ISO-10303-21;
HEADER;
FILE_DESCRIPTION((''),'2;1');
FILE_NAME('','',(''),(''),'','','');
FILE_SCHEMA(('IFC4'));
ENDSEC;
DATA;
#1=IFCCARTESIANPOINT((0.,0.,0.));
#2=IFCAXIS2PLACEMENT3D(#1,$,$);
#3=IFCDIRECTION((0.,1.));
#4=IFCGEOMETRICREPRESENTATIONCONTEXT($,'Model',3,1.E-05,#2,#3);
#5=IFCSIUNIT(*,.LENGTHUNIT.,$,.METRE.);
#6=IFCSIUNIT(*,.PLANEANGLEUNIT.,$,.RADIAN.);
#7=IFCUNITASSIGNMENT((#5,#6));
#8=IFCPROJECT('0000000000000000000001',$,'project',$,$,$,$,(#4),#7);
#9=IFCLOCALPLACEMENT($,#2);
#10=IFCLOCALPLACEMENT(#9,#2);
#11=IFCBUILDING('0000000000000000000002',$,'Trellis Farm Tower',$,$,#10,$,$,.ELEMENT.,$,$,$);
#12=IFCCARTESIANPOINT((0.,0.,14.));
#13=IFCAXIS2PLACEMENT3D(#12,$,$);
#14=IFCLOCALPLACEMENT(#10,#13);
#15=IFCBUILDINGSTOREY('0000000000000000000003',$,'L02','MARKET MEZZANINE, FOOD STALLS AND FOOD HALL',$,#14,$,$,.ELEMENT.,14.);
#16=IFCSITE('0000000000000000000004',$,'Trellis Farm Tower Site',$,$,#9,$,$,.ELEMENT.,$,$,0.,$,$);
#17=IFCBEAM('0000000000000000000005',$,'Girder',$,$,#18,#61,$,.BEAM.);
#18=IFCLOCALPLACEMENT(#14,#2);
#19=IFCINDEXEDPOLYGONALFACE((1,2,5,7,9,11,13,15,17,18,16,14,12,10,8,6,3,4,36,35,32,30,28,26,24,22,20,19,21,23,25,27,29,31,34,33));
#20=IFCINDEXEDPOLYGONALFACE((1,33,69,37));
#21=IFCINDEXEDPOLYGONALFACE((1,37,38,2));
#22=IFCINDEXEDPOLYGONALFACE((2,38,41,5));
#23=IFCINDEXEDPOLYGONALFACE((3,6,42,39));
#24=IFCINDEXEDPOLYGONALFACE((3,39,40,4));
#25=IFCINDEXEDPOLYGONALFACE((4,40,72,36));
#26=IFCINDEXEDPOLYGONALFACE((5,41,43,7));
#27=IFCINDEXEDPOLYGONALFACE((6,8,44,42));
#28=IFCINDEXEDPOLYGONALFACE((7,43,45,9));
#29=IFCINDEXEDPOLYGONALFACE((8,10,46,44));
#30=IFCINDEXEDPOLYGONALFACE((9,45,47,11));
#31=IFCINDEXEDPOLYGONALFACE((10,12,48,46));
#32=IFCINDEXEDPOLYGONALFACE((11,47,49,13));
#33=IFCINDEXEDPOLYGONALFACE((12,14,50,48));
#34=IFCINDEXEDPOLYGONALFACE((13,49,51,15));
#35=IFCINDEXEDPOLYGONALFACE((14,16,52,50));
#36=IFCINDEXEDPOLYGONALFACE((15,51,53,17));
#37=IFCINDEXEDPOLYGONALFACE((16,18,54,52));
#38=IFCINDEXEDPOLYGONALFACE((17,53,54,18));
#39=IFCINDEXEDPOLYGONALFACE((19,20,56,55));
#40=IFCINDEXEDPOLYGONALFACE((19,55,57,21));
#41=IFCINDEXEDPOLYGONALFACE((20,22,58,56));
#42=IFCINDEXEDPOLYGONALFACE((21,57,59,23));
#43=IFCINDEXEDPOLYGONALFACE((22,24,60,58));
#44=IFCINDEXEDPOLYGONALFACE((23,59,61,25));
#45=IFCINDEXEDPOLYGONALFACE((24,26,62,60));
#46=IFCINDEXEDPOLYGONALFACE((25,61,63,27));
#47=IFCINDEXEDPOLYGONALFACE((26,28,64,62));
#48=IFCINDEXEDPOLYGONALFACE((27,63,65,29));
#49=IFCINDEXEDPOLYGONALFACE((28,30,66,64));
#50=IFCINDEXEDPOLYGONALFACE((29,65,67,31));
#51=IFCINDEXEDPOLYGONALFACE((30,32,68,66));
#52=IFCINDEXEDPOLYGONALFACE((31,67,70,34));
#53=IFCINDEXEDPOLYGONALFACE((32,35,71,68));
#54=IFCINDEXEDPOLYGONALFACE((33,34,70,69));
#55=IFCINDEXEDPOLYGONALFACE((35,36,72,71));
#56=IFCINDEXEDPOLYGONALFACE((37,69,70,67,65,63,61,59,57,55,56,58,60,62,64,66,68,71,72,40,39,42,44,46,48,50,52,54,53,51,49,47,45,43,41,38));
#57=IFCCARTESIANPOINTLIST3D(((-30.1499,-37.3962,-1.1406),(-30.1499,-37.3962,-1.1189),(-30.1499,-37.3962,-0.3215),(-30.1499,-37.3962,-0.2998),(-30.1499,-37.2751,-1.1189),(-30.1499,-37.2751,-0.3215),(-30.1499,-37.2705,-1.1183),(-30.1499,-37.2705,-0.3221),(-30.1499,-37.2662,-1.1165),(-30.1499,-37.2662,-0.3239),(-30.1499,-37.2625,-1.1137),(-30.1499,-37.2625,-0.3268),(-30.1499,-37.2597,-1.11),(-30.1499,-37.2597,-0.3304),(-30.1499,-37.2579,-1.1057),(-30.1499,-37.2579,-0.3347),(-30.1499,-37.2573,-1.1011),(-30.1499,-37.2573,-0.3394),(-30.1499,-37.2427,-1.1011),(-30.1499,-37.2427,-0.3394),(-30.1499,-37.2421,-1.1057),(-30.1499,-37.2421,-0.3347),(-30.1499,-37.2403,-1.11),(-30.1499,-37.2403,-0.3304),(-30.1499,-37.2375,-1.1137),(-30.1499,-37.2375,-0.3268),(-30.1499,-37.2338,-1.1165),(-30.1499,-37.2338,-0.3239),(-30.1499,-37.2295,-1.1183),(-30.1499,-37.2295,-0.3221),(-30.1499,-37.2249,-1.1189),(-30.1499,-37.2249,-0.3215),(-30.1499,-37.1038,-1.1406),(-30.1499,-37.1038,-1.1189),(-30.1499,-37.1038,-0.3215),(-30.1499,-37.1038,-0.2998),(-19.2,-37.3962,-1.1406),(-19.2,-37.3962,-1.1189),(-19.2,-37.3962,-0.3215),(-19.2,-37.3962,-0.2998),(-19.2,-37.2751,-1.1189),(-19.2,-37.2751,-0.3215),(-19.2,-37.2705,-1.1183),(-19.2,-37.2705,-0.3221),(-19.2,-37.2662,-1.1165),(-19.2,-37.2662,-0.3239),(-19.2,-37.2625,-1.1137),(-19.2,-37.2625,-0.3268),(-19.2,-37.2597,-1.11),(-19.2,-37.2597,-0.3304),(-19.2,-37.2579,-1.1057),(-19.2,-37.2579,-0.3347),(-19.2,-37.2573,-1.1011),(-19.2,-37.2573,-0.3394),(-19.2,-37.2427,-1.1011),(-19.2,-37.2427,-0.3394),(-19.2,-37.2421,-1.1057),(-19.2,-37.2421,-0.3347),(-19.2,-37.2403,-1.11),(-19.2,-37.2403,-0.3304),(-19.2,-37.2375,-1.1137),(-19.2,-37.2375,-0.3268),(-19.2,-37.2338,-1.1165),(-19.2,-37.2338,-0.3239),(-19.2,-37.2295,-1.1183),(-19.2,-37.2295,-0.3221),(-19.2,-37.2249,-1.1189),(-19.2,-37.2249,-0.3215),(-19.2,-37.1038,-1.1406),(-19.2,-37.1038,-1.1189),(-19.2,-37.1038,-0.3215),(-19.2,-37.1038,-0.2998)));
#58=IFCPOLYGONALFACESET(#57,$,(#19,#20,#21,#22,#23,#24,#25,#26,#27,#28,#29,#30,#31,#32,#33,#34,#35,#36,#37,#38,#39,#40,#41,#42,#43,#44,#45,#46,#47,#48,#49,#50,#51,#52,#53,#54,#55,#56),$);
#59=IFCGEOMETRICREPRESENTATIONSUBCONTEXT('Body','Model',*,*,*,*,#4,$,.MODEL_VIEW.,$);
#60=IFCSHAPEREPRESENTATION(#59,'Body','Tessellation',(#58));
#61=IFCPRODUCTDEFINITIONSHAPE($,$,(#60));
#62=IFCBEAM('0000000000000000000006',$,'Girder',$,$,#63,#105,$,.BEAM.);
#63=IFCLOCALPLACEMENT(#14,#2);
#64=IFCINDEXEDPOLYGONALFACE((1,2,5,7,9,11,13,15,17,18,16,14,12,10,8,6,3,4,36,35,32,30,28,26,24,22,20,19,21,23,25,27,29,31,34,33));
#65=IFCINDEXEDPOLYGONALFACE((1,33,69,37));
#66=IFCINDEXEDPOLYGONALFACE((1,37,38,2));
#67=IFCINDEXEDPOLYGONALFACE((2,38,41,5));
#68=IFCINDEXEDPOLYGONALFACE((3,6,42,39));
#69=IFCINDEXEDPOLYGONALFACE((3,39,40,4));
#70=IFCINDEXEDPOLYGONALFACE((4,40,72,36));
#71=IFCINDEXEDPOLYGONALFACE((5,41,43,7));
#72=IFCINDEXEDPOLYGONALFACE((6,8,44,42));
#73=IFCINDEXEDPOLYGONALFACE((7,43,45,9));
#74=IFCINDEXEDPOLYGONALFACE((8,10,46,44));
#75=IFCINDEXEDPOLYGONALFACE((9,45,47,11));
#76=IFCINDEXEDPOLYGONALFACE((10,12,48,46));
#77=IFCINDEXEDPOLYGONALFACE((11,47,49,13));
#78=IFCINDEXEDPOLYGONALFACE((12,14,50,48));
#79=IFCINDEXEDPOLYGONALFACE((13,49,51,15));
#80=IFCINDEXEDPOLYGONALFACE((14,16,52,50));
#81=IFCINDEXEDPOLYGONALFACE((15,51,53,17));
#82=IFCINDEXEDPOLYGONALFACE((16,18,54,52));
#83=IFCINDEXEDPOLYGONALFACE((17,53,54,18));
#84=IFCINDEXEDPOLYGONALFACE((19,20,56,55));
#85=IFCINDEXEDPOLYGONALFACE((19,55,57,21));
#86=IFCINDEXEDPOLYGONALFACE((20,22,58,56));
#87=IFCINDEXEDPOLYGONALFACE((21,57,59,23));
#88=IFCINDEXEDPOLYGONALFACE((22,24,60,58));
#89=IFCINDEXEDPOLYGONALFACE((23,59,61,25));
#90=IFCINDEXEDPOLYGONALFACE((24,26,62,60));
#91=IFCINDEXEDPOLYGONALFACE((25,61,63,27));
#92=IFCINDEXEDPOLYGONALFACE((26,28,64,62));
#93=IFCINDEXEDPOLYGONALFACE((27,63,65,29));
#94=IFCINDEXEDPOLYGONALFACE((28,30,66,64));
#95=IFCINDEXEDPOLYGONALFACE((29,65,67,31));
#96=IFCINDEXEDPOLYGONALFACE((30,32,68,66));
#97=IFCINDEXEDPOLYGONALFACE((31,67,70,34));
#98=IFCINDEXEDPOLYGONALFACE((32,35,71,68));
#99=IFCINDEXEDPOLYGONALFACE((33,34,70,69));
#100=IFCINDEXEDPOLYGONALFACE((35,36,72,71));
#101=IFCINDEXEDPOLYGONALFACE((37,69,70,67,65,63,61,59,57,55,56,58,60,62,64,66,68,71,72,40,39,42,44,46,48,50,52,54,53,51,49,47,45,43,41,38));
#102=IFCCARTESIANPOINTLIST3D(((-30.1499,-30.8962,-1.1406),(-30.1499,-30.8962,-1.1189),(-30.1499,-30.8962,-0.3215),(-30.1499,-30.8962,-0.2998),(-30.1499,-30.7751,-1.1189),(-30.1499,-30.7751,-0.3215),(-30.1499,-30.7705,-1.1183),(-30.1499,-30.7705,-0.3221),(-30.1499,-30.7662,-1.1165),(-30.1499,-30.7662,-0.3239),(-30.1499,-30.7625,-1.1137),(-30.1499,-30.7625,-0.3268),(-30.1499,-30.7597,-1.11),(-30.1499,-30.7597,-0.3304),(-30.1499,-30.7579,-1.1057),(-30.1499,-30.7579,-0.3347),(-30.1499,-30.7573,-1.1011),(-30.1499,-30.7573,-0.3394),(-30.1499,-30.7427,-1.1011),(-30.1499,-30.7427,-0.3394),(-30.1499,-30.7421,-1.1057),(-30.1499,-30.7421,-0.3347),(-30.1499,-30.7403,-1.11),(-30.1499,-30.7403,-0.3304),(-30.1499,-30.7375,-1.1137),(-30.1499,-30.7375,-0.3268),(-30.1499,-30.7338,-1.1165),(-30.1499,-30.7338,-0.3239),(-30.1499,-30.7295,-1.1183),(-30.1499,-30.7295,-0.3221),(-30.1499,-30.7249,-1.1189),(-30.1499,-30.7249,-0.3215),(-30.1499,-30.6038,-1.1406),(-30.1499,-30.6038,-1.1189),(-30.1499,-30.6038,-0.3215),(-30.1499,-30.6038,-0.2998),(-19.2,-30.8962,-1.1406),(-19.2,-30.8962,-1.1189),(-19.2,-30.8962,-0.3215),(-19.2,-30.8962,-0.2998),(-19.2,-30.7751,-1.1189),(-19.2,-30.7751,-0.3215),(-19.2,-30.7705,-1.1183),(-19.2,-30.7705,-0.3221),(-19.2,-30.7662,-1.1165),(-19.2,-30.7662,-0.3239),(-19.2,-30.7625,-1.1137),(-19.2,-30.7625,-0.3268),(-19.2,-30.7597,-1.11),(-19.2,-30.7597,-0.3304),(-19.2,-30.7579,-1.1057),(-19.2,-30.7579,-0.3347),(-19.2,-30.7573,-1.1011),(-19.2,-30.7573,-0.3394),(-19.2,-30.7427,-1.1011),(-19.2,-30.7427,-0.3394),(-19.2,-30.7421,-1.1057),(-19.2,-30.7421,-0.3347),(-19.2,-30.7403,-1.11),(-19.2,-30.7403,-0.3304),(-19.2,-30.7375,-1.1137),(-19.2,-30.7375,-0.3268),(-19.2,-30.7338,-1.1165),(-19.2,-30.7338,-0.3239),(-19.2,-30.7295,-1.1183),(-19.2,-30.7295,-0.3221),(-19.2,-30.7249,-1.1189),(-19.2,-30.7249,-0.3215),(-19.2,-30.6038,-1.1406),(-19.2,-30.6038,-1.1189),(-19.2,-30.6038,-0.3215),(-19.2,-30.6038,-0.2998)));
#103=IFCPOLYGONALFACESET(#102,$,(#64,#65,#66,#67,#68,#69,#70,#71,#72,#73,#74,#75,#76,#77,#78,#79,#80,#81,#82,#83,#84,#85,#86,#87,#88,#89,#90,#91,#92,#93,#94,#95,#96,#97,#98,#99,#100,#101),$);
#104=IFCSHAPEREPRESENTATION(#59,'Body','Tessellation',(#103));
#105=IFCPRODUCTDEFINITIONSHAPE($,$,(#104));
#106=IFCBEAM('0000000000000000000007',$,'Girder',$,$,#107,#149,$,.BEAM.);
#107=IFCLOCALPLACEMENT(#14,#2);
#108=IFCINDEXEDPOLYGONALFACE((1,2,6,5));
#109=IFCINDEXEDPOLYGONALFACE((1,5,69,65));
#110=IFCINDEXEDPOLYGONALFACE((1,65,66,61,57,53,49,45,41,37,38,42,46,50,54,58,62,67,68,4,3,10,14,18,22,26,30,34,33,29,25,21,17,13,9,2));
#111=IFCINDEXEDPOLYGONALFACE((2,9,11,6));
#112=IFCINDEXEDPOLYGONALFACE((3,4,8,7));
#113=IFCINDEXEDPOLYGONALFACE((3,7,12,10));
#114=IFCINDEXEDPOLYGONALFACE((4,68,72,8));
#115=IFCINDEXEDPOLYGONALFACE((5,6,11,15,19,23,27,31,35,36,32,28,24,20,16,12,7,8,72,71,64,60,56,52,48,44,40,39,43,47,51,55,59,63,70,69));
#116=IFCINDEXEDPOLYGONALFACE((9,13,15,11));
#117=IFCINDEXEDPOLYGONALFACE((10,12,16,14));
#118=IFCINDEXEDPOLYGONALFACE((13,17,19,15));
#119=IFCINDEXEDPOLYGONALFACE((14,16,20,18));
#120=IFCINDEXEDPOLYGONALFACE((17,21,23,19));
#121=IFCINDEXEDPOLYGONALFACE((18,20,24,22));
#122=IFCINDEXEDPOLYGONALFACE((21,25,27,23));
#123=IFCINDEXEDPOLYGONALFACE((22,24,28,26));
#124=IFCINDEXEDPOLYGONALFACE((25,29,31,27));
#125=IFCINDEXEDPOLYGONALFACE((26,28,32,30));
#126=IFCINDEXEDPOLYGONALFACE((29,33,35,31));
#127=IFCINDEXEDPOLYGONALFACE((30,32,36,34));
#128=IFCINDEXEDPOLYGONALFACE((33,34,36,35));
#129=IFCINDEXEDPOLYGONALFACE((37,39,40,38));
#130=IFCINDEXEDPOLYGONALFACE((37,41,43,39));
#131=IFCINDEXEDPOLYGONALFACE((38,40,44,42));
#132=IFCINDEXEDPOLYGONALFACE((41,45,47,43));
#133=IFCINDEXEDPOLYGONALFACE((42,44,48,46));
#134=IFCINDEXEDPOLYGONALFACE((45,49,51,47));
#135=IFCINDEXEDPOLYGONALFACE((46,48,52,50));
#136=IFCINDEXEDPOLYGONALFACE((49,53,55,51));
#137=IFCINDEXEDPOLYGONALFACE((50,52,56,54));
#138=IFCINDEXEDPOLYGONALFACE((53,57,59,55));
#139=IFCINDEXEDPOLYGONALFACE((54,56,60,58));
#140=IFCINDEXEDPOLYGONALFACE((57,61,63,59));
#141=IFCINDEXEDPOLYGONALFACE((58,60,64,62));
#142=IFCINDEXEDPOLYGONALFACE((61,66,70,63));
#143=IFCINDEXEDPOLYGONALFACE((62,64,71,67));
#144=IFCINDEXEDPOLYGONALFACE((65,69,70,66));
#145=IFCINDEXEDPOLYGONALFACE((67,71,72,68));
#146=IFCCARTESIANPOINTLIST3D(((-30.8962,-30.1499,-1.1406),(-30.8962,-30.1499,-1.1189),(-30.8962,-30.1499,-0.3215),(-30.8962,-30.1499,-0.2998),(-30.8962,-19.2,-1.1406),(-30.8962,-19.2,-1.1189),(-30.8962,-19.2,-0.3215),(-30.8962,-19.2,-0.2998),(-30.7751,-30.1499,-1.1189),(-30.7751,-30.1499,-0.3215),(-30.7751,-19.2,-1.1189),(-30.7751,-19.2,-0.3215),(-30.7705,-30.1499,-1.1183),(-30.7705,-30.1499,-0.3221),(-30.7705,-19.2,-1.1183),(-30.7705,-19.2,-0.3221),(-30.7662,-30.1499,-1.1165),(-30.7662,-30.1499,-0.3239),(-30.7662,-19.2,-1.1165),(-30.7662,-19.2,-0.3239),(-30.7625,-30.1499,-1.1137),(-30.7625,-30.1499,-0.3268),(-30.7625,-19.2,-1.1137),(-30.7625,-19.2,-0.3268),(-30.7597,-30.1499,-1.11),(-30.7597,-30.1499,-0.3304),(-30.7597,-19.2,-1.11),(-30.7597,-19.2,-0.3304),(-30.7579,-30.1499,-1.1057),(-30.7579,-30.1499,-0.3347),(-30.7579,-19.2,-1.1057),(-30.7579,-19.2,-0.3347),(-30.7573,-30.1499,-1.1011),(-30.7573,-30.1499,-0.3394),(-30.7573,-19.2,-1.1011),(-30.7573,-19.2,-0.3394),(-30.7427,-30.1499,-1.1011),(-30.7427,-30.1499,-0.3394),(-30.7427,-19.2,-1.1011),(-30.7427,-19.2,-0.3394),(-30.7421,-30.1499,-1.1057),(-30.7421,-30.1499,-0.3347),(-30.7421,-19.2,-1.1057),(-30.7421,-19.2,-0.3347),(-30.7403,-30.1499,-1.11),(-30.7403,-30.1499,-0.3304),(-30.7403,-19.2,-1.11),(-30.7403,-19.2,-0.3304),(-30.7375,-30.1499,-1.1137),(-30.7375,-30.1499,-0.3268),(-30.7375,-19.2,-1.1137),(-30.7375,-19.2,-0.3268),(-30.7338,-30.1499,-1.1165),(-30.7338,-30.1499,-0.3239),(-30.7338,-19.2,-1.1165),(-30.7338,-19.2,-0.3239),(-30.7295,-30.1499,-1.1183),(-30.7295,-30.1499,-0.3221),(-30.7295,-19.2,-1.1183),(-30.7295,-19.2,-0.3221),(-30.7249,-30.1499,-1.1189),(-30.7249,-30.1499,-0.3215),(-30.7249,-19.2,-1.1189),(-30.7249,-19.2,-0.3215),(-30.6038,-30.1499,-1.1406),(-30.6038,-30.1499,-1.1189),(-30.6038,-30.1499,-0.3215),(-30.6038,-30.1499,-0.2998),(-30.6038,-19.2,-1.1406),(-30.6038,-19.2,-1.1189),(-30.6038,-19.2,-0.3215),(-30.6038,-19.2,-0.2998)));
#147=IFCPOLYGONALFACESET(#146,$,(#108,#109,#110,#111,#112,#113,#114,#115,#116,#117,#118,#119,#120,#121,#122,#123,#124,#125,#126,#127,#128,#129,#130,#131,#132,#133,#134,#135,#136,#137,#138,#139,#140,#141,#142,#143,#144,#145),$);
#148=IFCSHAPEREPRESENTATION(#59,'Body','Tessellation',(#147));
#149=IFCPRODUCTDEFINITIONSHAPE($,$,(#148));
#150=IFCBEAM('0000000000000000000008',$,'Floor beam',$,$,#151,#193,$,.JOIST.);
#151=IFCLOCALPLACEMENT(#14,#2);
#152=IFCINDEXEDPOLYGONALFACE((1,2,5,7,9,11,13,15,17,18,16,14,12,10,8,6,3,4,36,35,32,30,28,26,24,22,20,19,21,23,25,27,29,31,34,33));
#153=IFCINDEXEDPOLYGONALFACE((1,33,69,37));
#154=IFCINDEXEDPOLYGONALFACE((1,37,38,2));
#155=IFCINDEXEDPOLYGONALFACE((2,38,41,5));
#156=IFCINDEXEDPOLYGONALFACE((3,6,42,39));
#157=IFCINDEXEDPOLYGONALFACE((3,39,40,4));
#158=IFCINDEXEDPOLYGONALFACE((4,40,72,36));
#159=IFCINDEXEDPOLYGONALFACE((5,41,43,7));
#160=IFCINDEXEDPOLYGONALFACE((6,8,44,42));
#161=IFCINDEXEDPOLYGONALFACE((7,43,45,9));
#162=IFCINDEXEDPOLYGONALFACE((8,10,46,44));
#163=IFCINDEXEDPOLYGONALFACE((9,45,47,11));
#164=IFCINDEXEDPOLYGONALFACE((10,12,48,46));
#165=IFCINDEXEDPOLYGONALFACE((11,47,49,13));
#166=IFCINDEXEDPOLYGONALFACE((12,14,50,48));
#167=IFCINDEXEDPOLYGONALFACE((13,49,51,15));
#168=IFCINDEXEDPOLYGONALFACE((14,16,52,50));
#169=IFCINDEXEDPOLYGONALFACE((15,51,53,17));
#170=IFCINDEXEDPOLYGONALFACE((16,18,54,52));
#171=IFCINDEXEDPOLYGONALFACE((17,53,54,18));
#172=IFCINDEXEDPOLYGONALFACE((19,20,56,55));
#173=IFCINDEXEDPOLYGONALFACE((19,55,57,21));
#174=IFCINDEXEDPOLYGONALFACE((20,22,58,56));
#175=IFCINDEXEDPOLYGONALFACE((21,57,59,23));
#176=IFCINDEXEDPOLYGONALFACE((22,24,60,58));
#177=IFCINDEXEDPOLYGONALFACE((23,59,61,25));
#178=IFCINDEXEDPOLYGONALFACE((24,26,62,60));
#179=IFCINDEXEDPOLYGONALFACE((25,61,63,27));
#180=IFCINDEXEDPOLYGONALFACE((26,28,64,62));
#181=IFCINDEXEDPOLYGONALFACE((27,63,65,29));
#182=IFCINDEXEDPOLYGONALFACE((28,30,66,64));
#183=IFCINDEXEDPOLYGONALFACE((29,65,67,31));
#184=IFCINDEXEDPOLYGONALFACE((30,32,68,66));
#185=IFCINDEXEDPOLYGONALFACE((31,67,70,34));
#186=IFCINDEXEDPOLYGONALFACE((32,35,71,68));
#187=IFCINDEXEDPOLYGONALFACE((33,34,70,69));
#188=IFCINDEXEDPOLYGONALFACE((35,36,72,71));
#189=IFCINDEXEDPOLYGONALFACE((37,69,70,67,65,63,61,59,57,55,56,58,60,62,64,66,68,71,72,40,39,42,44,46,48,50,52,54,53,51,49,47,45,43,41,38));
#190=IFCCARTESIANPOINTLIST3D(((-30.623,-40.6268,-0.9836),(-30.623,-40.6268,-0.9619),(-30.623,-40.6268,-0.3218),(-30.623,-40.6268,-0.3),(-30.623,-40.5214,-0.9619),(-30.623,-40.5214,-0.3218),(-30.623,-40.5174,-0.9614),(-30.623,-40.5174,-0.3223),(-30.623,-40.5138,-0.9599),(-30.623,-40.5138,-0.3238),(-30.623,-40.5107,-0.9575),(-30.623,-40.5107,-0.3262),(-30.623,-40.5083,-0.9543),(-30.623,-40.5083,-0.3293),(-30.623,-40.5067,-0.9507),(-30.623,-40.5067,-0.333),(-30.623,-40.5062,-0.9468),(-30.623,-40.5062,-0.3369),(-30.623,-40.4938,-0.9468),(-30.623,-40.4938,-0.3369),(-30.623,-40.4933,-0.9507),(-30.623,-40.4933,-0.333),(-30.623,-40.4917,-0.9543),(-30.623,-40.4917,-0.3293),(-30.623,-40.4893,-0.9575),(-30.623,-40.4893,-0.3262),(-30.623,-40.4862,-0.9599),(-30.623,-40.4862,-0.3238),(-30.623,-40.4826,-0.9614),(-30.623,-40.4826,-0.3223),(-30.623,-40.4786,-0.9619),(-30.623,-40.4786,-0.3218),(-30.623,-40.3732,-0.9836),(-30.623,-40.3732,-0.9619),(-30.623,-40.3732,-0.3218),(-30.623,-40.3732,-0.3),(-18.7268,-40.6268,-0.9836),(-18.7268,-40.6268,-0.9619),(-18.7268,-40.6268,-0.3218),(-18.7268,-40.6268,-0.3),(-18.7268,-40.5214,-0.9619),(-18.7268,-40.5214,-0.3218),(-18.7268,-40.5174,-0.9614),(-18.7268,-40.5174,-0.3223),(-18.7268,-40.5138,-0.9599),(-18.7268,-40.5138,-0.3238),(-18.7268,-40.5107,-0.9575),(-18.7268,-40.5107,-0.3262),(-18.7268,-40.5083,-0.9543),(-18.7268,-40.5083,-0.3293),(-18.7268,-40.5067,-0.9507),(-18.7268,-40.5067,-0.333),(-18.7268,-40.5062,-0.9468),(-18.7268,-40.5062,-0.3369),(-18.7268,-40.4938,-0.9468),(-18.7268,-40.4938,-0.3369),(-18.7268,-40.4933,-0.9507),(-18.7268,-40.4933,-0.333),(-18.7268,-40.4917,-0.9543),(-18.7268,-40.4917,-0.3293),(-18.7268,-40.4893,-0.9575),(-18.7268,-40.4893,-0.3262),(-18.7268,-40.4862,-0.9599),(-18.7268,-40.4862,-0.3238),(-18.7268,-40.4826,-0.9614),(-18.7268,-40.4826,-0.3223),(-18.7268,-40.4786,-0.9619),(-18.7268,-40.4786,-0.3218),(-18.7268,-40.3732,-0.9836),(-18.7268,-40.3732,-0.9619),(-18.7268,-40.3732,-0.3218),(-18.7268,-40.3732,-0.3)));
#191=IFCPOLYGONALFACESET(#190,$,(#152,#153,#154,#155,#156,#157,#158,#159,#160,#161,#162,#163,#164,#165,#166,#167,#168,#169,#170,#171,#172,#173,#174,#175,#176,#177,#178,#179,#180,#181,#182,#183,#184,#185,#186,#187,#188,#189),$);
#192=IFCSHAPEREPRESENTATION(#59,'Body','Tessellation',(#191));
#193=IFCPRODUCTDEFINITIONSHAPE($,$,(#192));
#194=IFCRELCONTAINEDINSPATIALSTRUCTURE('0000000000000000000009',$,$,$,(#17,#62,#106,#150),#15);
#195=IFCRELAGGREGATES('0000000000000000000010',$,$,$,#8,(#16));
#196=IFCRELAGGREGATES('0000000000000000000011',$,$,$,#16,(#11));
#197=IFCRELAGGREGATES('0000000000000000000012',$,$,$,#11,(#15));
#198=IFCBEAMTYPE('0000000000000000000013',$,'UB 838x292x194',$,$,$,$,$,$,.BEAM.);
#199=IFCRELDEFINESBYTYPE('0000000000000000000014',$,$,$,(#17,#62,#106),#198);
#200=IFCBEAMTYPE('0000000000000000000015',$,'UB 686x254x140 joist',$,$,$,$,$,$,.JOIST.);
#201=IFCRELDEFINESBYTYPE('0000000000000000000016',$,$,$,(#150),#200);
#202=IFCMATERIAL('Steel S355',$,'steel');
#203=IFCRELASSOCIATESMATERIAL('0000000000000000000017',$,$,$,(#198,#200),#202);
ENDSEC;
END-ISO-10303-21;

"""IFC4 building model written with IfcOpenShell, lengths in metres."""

from ifc_helpers import new_model, si_unit, direction, frame, origin, origin_2d, place, context, subcontext, project, spatial, i_section, extrude, source, transform, mapped, material, material_profile, profile_set, type_object, element, save


model = new_model("IFC4")

# Units and contexts
model_context = context("Model", 3, precision=1e-05, world=origin(), true_north=direction((0.0, 1.0)))
body_context = subcontext(model_context, "Body", "Model", "MODEL_VIEW")
ifc_project = project(units=[si_unit("LENGTHUNIT", "METRE"), si_unit("PLANEANGLEUNIT", "RADIAN")], contexts=[model_context])

# Site, building, storey
site_placement = place(None, origin())
site = spatial("IfcSite", under=ifc_project, at=site_placement, Name="Trellis Farm Tower Site", CompositionType="ELEMENT", RefElevation=0.0)
building_placement = place(site_placement, origin())
building = spatial("IfcBuilding", under=site, at=building_placement, Name="Trellis Farm Tower", CompositionType="ELEMENT")
storey_placement = place(building_placement, frame((0.0, 0.0, 14.0)))
storey = spatial("IfcBuildingStorey", under=building, at=storey_placement, Name="L02", Description="MARKET MEZZANINE, FOOD STALLS AND FOOD HALL", CompositionType="ELEMENT", Elevation=14.0)

# Beams
ifc_material_1 = material(Name="Steel S355", Category="steel")
ifc_material_profile_1 = material_profile(ifc_material_1, i_section(OverallWidth=0.2925, OverallDepth=0.8408, WebThickness=0.0146, FlangeThickness=0.0217, FilletRadius=0.0178, at=origin_2d()), Name="UB 838x292x194")
ifc_profile_set_1 = profile_set([ifc_material_profile_1], Name="Steel S355")
beam_type_1 = type_object("IfcBeamType", Name="UB 838x292x194", PredefinedType="BEAM", material=ifc_profile_set_1)
shared_shape_1 = source(origin(), body_context, "Body", "SweptSolid", [
    extrude(i_section(OverallWidth=0.2925, OverallDepth=0.8408, WebThickness=0.0146, FlangeThickness=0.0217, FilletRadius=0.0178, at=origin_2d()), origin(), (0.0, 0.0, 1.0), 10.95),
])
for number, where, z_axis, x_axis, name in (
    (1, (-30.1499, -37.25, -0.7202), (1.0, 0.0, 0.0), (0.0, 1.0, 0.0), "Girder"),
    (2, (-30.1499, -30.75, -0.7202), (1.0, 0.0, 0.0), (0.0, 1.0, 0.0), "Girder"),
    (3, (-30.75, -30.1499, -0.7202), (0.0, 1.0, 0.0), (-1.0, 0.0, 0.0), "Girder"),
):
    element("IfcBeam", number, at=place(storey_placement, frame(where, z_axis=z_axis, x_axis=x_axis)), inside=storey, type_object=beam_type_1, Name=name, PredefinedType="BEAM", context=body_context, shape_type="MappedRepresentation", body=[
        mapped(shared_shape_1, transform((0.0, 0.0, 0.0))),
    ])
ifc_material_profile_2 = material_profile(ifc_material_1, i_section(OverallWidth=0.2537, OverallDepth=0.6836, WebThickness=0.0125, FlangeThickness=0.0217, FilletRadius=0.0151, at=origin_2d()), Name="UB 686x254x140")
ifc_profile_set_2 = profile_set([ifc_material_profile_2], Name="Steel S355")
beam_type_2 = type_object("IfcBeamType", Name="UB 686x254x140 joist", PredefinedType="JOIST", material=ifc_profile_set_2)
shared_shape_2 = source(origin(), body_context, "Body", "SweptSolid", [
    extrude(i_section(OverallWidth=0.2537, OverallDepth=0.6836, WebThickness=0.0125, FlangeThickness=0.0217, FilletRadius=0.0151, at=origin_2d()), origin(), (0.0, 0.0, 1.0), 11.8962),
])
for number, where, z_axis, x_axis, name in (
    (4, (-30.623, -40.5, -0.6418), (1.0, 0.0, 0.0), (0.0, 1.0, 0.0), "Floor beam"),
):
    element("IfcBeam", number, at=place(storey_placement, frame(where, z_axis=z_axis, x_axis=x_axis)), inside=storey, type_object=beam_type_2, Name=name, PredefinedType="JOIST", context=body_context, shape_type="MappedRepresentation", body=[
        mapped(shared_shape_2, transform((0.0, 0.0, 0.0))),
    ])

save(model, "model.ifc")
